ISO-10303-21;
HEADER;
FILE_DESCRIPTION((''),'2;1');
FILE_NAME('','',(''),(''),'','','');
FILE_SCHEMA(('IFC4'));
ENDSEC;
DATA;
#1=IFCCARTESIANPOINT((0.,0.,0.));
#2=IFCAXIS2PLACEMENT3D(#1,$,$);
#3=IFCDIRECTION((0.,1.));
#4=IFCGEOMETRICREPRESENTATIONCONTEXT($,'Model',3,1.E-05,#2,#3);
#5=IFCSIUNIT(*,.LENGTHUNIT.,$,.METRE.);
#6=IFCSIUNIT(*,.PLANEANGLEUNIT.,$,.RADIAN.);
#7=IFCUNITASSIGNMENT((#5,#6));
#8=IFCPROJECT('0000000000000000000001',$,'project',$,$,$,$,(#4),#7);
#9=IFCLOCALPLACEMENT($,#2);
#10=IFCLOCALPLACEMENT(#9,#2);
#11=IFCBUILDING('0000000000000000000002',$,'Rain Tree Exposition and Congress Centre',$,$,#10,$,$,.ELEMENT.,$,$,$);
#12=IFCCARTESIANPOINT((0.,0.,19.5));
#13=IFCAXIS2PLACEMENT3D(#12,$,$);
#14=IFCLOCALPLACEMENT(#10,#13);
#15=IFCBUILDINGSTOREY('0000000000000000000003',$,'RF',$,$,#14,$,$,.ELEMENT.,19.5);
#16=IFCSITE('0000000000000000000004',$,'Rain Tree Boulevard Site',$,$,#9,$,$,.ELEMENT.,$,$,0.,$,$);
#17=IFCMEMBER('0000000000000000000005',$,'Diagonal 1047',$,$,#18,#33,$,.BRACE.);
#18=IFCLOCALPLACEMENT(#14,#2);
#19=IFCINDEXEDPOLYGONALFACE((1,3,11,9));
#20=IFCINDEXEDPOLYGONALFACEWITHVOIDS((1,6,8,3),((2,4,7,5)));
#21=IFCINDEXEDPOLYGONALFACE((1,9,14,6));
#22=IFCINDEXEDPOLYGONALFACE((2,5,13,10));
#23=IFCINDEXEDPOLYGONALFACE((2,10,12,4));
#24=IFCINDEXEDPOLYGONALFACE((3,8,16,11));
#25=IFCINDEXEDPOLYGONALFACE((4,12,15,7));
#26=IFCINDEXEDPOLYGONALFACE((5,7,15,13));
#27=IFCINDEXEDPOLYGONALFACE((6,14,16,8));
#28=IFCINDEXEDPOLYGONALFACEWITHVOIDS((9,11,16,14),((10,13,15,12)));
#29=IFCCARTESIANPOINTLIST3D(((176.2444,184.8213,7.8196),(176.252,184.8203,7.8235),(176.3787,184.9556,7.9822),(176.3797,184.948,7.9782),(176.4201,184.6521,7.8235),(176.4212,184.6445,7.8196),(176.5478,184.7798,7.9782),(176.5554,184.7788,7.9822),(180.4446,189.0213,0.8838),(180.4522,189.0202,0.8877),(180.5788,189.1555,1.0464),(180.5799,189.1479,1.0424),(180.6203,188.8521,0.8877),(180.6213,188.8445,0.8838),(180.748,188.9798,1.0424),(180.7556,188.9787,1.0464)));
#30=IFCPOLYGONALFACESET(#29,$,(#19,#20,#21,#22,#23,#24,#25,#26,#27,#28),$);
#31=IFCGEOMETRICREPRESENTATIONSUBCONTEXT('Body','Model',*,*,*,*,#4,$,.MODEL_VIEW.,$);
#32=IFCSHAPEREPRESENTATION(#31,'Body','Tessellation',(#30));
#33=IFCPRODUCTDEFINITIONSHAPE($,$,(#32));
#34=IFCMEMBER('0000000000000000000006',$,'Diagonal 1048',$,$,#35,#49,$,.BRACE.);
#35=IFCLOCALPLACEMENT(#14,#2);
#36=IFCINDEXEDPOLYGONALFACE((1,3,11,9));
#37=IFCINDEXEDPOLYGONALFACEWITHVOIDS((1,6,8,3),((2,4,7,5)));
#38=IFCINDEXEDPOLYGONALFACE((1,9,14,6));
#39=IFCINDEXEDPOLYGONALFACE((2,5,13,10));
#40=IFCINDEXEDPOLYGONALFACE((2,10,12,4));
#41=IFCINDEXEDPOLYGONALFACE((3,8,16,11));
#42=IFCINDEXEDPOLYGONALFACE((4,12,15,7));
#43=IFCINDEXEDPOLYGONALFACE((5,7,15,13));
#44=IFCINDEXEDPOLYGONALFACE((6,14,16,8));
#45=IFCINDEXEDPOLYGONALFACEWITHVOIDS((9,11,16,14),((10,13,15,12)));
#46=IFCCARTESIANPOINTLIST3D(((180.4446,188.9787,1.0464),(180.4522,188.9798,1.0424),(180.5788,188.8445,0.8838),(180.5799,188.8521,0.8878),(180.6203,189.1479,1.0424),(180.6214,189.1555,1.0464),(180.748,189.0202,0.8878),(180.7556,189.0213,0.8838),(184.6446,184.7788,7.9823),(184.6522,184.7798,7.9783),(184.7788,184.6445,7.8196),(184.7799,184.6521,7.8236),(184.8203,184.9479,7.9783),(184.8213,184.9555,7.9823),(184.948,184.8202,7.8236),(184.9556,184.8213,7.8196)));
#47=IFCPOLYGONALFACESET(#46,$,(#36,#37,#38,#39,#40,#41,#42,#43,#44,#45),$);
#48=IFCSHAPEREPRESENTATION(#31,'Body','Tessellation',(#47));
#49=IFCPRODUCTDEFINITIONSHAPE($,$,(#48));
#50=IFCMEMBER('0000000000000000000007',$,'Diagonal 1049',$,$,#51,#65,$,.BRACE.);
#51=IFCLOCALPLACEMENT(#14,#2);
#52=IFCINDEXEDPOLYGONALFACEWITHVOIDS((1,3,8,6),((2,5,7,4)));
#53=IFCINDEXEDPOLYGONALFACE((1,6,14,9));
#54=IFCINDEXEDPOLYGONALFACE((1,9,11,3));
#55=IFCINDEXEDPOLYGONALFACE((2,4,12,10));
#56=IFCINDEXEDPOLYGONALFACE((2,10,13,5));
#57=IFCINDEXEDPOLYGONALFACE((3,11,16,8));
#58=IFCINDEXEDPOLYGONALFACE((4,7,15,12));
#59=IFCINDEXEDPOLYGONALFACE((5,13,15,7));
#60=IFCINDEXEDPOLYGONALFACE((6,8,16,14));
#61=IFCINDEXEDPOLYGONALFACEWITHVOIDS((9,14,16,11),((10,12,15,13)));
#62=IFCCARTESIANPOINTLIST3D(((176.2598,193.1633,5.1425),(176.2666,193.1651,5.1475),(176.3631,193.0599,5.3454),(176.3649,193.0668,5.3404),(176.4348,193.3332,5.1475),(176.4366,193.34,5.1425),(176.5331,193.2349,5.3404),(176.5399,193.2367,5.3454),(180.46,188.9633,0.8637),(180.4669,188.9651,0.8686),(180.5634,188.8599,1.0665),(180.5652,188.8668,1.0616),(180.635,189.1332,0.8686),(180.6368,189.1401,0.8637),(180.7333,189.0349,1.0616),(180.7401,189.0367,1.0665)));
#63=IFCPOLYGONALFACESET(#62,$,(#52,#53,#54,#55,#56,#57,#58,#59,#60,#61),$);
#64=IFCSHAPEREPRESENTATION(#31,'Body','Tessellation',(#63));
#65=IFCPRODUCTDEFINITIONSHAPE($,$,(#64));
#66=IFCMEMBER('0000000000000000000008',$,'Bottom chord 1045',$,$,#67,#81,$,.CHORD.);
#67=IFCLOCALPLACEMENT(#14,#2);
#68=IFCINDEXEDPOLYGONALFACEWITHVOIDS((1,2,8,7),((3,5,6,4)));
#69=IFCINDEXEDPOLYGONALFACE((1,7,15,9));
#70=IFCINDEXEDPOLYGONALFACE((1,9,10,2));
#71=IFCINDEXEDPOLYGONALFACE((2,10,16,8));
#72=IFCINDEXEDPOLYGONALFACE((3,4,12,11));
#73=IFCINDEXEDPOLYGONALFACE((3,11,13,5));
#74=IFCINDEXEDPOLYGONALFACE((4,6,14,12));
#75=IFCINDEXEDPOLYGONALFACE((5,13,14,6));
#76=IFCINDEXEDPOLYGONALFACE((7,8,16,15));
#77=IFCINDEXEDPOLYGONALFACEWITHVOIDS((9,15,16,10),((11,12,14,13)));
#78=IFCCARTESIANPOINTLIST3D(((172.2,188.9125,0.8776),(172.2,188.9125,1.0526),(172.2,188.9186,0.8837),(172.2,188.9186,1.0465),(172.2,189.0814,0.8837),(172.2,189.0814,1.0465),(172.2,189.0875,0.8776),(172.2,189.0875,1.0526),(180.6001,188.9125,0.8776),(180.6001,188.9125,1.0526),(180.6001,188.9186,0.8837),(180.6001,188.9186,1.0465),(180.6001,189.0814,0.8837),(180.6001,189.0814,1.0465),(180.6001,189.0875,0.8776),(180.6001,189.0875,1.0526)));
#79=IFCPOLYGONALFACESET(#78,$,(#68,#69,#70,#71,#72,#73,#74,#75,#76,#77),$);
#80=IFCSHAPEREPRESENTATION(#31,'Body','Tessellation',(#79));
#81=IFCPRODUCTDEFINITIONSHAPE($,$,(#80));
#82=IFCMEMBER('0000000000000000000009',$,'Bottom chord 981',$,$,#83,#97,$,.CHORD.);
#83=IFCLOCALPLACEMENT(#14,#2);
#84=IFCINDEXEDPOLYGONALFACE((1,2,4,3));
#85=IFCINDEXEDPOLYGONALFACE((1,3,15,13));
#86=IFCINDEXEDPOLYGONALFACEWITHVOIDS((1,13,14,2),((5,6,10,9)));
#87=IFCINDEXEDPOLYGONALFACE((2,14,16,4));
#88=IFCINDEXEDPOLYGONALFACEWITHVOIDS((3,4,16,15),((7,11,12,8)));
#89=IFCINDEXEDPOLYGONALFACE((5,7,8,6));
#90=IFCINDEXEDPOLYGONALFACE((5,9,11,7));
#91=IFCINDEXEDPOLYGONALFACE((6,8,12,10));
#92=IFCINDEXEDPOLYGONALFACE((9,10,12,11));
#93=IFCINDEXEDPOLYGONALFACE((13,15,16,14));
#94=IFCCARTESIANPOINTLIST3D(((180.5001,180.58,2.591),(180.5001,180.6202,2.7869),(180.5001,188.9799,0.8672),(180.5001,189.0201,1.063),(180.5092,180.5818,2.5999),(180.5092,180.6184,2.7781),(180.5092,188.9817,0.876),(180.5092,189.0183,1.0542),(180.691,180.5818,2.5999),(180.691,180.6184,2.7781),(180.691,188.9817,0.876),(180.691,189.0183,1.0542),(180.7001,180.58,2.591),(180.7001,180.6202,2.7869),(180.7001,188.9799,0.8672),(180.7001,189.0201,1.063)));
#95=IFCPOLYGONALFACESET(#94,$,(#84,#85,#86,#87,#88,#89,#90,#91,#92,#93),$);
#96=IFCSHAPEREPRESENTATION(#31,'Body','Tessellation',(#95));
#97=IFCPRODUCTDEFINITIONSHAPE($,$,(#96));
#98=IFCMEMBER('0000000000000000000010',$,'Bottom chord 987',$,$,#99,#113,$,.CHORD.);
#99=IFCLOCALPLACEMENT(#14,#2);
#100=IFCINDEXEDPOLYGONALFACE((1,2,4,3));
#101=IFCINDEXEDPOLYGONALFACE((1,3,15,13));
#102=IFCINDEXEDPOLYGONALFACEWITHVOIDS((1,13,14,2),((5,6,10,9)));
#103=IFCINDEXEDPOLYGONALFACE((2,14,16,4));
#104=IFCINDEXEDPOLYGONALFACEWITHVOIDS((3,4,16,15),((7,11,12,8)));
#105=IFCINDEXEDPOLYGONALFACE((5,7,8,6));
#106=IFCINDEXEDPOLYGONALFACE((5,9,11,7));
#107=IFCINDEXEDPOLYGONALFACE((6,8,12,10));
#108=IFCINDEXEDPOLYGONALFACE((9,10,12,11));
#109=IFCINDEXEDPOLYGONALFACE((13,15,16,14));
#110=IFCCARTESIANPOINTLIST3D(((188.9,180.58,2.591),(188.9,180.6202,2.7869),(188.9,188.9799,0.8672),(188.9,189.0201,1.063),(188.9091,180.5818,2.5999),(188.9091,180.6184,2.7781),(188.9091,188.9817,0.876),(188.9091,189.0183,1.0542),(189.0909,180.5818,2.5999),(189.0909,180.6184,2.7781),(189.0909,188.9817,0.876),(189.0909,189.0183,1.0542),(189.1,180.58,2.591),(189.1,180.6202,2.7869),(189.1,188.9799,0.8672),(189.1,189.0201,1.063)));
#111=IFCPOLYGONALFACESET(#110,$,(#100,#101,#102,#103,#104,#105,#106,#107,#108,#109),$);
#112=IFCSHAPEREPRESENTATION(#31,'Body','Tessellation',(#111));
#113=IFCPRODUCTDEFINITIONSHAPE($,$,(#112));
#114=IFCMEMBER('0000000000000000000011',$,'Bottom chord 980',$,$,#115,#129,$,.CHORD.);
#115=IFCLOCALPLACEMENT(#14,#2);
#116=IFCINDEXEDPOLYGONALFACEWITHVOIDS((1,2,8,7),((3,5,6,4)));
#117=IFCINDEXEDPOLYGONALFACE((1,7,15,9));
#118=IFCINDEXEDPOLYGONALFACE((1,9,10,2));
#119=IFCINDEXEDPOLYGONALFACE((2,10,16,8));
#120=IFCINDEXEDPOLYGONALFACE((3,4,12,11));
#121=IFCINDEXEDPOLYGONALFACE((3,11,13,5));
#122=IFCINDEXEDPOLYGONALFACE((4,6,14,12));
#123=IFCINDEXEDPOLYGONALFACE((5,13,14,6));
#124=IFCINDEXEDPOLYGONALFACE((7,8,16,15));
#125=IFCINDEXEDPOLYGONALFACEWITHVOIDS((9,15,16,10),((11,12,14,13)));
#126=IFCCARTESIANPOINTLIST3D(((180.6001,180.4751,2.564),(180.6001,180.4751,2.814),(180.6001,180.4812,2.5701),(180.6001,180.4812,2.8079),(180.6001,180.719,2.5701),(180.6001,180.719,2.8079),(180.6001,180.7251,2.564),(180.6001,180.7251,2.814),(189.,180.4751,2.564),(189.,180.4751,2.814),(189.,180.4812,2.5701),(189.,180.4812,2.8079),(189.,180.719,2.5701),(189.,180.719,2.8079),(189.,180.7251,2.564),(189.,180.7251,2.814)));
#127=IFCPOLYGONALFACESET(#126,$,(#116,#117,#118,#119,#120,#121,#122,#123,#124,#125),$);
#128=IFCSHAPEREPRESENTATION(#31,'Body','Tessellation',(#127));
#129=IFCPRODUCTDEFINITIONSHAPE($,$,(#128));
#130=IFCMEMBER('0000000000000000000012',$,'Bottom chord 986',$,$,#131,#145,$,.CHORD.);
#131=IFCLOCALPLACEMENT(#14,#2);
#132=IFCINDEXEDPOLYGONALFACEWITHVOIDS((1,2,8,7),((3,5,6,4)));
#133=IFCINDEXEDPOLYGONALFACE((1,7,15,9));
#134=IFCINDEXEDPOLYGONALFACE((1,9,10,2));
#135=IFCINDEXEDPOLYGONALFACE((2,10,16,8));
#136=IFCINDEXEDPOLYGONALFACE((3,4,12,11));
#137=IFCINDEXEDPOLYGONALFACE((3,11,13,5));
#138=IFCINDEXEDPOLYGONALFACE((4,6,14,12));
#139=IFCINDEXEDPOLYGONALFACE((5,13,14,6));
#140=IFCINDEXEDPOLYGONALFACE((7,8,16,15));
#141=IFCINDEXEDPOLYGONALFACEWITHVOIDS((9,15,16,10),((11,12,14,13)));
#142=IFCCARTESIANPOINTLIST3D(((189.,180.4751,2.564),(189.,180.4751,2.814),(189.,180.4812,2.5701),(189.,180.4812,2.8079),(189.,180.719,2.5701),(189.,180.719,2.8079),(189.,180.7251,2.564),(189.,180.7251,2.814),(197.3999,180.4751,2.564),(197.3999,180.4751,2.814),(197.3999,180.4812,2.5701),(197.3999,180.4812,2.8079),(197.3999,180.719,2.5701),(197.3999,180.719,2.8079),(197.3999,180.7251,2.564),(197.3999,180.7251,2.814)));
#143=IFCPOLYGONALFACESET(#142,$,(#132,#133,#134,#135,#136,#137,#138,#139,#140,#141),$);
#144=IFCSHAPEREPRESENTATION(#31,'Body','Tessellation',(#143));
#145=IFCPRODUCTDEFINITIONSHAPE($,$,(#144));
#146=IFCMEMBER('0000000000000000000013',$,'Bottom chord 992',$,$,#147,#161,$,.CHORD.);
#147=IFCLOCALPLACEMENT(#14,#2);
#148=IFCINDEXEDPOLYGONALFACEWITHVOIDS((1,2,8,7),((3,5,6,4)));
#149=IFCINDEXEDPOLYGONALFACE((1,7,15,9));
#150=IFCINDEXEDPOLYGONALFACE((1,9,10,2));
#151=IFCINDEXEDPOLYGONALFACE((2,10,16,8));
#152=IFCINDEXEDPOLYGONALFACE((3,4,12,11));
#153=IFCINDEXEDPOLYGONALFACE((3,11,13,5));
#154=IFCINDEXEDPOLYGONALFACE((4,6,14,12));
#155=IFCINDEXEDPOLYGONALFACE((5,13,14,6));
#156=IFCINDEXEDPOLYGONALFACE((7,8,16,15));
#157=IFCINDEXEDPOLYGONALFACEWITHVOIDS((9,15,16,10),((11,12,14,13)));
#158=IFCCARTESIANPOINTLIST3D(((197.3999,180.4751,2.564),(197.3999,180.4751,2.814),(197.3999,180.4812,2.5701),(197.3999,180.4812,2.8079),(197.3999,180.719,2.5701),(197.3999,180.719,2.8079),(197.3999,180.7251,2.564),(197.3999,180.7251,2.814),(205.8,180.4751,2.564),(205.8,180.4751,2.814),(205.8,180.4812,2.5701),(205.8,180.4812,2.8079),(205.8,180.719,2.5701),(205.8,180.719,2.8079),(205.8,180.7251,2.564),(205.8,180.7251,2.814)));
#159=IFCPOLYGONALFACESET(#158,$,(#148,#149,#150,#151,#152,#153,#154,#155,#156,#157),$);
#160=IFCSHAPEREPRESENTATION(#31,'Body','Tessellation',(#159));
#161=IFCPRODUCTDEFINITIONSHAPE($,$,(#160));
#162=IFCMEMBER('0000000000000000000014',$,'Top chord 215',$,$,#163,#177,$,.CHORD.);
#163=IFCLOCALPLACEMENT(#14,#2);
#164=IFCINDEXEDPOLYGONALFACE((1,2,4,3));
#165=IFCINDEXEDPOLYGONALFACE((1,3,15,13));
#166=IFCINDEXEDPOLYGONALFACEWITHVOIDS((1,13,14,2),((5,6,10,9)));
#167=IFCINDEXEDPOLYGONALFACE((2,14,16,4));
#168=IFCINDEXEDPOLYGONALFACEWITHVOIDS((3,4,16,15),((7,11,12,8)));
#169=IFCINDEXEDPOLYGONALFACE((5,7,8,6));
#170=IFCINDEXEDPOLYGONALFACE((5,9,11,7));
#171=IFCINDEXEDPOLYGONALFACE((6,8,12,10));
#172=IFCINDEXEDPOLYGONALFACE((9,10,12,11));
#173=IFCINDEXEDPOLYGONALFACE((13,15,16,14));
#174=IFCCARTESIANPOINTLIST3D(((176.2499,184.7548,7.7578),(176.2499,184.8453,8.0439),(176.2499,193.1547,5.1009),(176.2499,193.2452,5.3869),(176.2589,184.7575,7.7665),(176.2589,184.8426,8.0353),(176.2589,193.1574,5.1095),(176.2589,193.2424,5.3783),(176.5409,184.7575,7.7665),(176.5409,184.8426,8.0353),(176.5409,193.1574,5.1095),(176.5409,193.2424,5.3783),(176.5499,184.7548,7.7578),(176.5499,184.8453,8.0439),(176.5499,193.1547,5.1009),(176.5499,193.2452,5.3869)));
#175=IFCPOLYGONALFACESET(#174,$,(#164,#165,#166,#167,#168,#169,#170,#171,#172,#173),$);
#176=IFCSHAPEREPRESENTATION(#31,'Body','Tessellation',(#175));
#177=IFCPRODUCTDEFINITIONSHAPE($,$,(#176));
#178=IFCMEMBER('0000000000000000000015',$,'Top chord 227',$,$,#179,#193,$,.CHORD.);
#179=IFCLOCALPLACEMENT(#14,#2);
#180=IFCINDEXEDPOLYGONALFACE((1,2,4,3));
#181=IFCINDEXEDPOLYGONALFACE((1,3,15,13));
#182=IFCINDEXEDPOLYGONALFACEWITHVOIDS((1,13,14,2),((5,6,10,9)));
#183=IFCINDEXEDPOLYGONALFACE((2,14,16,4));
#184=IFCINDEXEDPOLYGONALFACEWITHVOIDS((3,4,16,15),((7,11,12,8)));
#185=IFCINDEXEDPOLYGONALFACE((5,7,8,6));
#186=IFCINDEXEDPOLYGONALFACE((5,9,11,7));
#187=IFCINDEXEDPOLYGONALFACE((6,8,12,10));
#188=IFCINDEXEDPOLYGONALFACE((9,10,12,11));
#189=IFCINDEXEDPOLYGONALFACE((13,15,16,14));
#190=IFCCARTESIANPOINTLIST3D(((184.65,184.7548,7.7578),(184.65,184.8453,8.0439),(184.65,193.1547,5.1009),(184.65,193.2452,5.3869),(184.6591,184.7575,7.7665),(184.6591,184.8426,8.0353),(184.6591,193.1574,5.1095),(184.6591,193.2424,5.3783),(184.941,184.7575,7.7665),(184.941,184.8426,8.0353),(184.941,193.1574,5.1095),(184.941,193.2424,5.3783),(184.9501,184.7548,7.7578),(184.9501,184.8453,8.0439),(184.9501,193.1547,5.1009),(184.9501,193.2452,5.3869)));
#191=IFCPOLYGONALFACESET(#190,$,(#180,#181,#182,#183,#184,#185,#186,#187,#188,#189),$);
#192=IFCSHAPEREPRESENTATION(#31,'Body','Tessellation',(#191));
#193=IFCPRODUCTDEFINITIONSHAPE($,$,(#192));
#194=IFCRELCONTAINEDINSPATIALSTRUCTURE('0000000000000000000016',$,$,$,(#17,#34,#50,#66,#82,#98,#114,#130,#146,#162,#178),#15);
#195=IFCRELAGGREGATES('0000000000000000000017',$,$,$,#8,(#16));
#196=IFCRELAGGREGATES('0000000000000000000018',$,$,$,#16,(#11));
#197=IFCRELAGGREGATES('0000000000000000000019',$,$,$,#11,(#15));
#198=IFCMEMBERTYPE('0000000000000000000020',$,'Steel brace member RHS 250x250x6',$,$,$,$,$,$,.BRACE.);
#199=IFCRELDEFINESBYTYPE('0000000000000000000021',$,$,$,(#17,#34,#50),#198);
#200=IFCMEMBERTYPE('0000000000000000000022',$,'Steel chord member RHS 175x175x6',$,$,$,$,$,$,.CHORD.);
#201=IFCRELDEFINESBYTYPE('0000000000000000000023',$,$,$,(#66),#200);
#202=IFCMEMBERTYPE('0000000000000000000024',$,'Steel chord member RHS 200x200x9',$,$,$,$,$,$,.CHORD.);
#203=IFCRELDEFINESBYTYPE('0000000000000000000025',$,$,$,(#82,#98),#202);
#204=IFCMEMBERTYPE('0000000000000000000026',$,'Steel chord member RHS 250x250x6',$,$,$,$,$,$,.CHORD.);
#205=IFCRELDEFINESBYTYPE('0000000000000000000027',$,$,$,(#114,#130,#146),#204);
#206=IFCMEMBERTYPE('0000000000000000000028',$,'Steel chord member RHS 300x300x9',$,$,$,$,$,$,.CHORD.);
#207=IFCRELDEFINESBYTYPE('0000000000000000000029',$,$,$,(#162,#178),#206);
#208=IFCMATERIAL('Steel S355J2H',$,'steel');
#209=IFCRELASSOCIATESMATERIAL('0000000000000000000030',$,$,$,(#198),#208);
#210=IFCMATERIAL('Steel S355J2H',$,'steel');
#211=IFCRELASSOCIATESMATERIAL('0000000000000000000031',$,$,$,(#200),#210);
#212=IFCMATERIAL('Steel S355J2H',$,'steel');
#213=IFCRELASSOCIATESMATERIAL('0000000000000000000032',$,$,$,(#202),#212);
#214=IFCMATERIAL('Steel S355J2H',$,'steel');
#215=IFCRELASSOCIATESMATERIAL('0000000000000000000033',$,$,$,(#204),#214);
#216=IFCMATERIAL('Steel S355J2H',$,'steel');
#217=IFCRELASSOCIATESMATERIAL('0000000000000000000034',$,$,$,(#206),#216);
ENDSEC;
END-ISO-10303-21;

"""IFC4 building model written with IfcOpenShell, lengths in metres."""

from ifc_helpers import new_model, si_unit, direction, frame, origin, origin_2d, place, context, subcontext, project, spatial, hollow_rectangle, extrude, material, material_profile, profile_set, type_object, element, save


model = new_model("IFC4")

# Units and contexts
model_context = context("Model", 3, precision=1e-05, world=origin(), true_north=direction((0.0, 1.0)))
body_context = subcontext(model_context, "Body", "Model", "MODEL_VIEW")
ifc_project = project(units=[si_unit("LENGTHUNIT", "METRE"), si_unit("PLANEANGLEUNIT", "RADIAN")], contexts=[model_context])

# Site, building, storey
site_placement = place(None, origin())
site = spatial("IfcSite", under=ifc_project, at=site_placement, Name="Rain Tree Boulevard Site", CompositionType="ELEMENT", RefElevation=0.0)
building_placement = place(site_placement, origin())
building = spatial("IfcBuilding", under=site, at=building_placement, Name="Rain Tree Exposition and Congress Centre", CompositionType="ELEMENT")
storey_placement = place(building_placement, frame((0.0, 0.0, 19.5)))
storey = spatial("IfcBuildingStorey", under=building, at=storey_placement, Name="RF", CompositionType="ELEMENT", Elevation=19.5)

# Members
ifc_material_1 = material(Name="Steel S355J2H", Category="steel")
ifc_material_profile_1 = material_profile(ifc_material_1, hollow_rectangle(XDim=0.25, YDim=0.25, WallThickness=0.0061, at=origin_2d()), Name="RHS 250x250x6")
ifc_profile_set_1 = profile_set([ifc_material_profile_1], Name="Steel S355J2H")
member_type_1 = type_object("IfcMemberType", Name="Steel brace member RHS 250x250x6", PredefinedType="BRACE", material=ifc_profile_set_1)
for number, where, z_axis, x_axis, name in (
    (1, (180.6001, 189.0, 0.9651), (-0.459962, -0.459935, 0.759536), (0.707086, -0.707127, 0.0), "Diagonal 1047"),
    (2, (180.6001, 189.0, 0.9651), (0.459941, -0.459941, 0.759545), (0.707107, 0.707107, 0.0), "Diagonal 1048"),
):
    element("IfcMember", number, at=place(storey_placement, frame(where, z_axis=z_axis, x_axis=x_axis)), inside=storey, type_object=member_type_1, Name=name, PredefinedType="BRACE", context=body_context, shape_type="SweptSolid", body=[
        extrude(hollow_rectangle(XDim=0.25, YDim=0.25, WallThickness=0.0061, at=origin_2d()), origin(), (0.0, 0.0, 1.0), 9.1316),
    ])
member_1_placement = place(storey_placement, frame((180.6001, 189.0, 0.9651), z_axis=(-0.57376, 0.573726, 0.584498), x_axis=(-0.707086, -0.707127, 0.0)))
element("IfcMember", 3, at=member_1_placement, inside=storey, type_object=member_type_1, Name="Diagonal 1049", PredefinedType="BRACE", context=body_context, shape_type="SweptSolid", body=[
    extrude(hollow_rectangle(XDim=0.25, YDim=0.25, WallThickness=0.0061, at=origin_2d()), origin(), (0.0, 0.0, 1.0), 7.3206),
])
ifc_material_2 = material(Name="Steel S355J2H", Category="steel")
ifc_material_profile_2 = material_profile(ifc_material_2, hollow_rectangle(XDim=0.175, YDim=0.175, WallThickness=0.0061, at=origin_2d()), Name="RHS 175x175x6")
ifc_profile_set_2 = profile_set([ifc_material_profile_2], Name="Steel S355J2H")
member_type_2 = type_object("IfcMemberType", Name="Steel chord member RHS 175x175x6", PredefinedType="CHORD", material=ifc_profile_set_2)
member_2_placement = place(storey_placement, frame((172.2, 189.0, 0.9651), z_axis=(1.0, 0.0, 0.0), x_axis=(0.0, 1.0, 0.0)))
element("IfcMember", 4, at=member_2_placement, inside=storey, type_object=member_type_2, Name="Bottom chord 1045", PredefinedType="CHORD", context=body_context, shape_type="SweptSolid", body=[
    extrude(hollow_rectangle(XDim=0.175, YDim=0.175, WallThickness=0.0061, at=origin_2d()), origin(), (0.0, 0.0, 1.0), 8.4001),
])
ifc_material_3 = material(Name="Steel S355J2H", Category="steel")
ifc_material_profile_3 = material_profile(ifc_material_3, hollow_rectangle(XDim=0.2, YDim=0.2, WallThickness=0.009, at=origin_2d()), Name="RHS 200x200x9")
ifc_profile_set_3 = profile_set([ifc_material_profile_3], Name="Steel S355J2H")
member_type_3 = type_object("IfcMemberType", Name="Steel chord member RHS 200x200x9", PredefinedType="CHORD", material=ifc_profile_set_3)
for number, where, z_axis, x_axis, name in (
    (5, (180.6001, 180.6001, 2.689), (0.0, 0.979584, -0.201036), (-1.0, 0.0, 0.0), "Bottom chord 981"),
    (6, (189.0, 180.6001, 2.689), (0.0, 0.979584, -0.201036), (-1.0, 0.0, 0.0), "Bottom chord 987"),
):
    element("IfcMember", number, at=place(storey_placement, frame(where, z_axis=z_axis, x_axis=x_axis)), inside=storey, type_object=member_type_3, Name=name, PredefinedType="CHORD", context=body_context, shape_type="SweptSolid", body=[
        extrude(hollow_rectangle(XDim=0.2, YDim=0.2, WallThickness=0.009, at=origin_2d()), origin(), (0.0, 0.0, 1.0), 8.575),
    ])
ifc_material_4 = material(Name="Steel S355J2H", Category="steel")
ifc_material_profile_4 = material_profile(ifc_material_4, hollow_rectangle(XDim=0.25, YDim=0.25, WallThickness=0.0061, at=origin_2d()), Name="RHS 250x250x6")
ifc_profile_set_4 = profile_set([ifc_material_profile_4], Name="Steel S355J2H")
member_type_4 = type_object("IfcMemberType", Name="Steel chord member RHS 250x250x6", PredefinedType="CHORD", material=ifc_profile_set_4)
for number, where, z_axis, x_axis, name in (
    (7, (180.6001, 180.6001, 2.689), (1.0, 0.0, 0.0), (0.0, 1.0, 0.0), "Bottom chord 980"),
    (8, (189.0, 180.6001, 2.689), (1.0, 0.0, 0.0), (0.0, 1.0, 0.0), "Bottom chord 986"),
):
    element("IfcMember", number, at=place(storey_placement, frame(where, z_axis=z_axis, x_axis=x_axis)), inside=storey, type_object=member_type_4, Name=name, PredefinedType="CHORD", context=body_context, shape_type="SweptSolid", body=[
        extrude(hollow_rectangle(XDim=0.25, YDim=0.25, WallThickness=0.0061, at=origin_2d()), origin(), (0.0, 0.0, 1.0), 8.3999),
    ])
member_3_placement = place(storey_placement, frame((197.3999, 180.6001, 2.689), z_axis=(1.0, 0.0, 0.0), x_axis=(0.0, 1.0, 0.0)))
element("IfcMember", 9, at=member_3_placement, inside=storey, type_object=member_type_4, Name="Bottom chord 992", PredefinedType="CHORD", context=body_context, shape_type="SweptSolid", body=[
    extrude(hollow_rectangle(XDim=0.25, YDim=0.25, WallThickness=0.0061, at=origin_2d()), origin(), (0.0, 0.0, 1.0), 8.4001),
])
ifc_material_5 = material(Name="Steel S355J2H", Category="steel")
ifc_material_profile_5 = material_profile(ifc_material_5, hollow_rectangle(XDim=0.3, YDim=0.3, WallThickness=0.009, at=origin_2d()), Name="RHS 300x300x9")
ifc_profile_set_5 = profile_set([ifc_material_profile_5], Name="Steel S355J2H")
member_type_5 = type_object("IfcMemberType", Name="Steel chord member RHS 300x300x9", PredefinedType="CHORD", material=ifc_profile_set_5)
for number, where, z_axis, x_axis, name in (
    (10, (176.3999, 184.8, 7.9009), (0.0, 0.95344, -0.301584), (-1.0, 0.0, 0.0), "Top chord 215"),
    (11, (184.8, 184.8, 7.9009), (0.0, 0.95344, -0.301584), (-1.0, 0.0, 0.0), "Top chord 227"),
):
    element("IfcMember", number, at=place(storey_placement, frame(where, z_axis=z_axis, x_axis=x_axis)), inside=storey, type_object=member_type_5, Name=name, PredefinedType="CHORD", context=body_context, shape_type="SweptSolid", body=[
        extrude(hollow_rectangle(XDim=0.3, YDim=0.3, WallThickness=0.009, at=origin_2d()), origin(), (0.0, 0.0, 1.0), 8.8101),
    ])

save(model, "model.ifc")
